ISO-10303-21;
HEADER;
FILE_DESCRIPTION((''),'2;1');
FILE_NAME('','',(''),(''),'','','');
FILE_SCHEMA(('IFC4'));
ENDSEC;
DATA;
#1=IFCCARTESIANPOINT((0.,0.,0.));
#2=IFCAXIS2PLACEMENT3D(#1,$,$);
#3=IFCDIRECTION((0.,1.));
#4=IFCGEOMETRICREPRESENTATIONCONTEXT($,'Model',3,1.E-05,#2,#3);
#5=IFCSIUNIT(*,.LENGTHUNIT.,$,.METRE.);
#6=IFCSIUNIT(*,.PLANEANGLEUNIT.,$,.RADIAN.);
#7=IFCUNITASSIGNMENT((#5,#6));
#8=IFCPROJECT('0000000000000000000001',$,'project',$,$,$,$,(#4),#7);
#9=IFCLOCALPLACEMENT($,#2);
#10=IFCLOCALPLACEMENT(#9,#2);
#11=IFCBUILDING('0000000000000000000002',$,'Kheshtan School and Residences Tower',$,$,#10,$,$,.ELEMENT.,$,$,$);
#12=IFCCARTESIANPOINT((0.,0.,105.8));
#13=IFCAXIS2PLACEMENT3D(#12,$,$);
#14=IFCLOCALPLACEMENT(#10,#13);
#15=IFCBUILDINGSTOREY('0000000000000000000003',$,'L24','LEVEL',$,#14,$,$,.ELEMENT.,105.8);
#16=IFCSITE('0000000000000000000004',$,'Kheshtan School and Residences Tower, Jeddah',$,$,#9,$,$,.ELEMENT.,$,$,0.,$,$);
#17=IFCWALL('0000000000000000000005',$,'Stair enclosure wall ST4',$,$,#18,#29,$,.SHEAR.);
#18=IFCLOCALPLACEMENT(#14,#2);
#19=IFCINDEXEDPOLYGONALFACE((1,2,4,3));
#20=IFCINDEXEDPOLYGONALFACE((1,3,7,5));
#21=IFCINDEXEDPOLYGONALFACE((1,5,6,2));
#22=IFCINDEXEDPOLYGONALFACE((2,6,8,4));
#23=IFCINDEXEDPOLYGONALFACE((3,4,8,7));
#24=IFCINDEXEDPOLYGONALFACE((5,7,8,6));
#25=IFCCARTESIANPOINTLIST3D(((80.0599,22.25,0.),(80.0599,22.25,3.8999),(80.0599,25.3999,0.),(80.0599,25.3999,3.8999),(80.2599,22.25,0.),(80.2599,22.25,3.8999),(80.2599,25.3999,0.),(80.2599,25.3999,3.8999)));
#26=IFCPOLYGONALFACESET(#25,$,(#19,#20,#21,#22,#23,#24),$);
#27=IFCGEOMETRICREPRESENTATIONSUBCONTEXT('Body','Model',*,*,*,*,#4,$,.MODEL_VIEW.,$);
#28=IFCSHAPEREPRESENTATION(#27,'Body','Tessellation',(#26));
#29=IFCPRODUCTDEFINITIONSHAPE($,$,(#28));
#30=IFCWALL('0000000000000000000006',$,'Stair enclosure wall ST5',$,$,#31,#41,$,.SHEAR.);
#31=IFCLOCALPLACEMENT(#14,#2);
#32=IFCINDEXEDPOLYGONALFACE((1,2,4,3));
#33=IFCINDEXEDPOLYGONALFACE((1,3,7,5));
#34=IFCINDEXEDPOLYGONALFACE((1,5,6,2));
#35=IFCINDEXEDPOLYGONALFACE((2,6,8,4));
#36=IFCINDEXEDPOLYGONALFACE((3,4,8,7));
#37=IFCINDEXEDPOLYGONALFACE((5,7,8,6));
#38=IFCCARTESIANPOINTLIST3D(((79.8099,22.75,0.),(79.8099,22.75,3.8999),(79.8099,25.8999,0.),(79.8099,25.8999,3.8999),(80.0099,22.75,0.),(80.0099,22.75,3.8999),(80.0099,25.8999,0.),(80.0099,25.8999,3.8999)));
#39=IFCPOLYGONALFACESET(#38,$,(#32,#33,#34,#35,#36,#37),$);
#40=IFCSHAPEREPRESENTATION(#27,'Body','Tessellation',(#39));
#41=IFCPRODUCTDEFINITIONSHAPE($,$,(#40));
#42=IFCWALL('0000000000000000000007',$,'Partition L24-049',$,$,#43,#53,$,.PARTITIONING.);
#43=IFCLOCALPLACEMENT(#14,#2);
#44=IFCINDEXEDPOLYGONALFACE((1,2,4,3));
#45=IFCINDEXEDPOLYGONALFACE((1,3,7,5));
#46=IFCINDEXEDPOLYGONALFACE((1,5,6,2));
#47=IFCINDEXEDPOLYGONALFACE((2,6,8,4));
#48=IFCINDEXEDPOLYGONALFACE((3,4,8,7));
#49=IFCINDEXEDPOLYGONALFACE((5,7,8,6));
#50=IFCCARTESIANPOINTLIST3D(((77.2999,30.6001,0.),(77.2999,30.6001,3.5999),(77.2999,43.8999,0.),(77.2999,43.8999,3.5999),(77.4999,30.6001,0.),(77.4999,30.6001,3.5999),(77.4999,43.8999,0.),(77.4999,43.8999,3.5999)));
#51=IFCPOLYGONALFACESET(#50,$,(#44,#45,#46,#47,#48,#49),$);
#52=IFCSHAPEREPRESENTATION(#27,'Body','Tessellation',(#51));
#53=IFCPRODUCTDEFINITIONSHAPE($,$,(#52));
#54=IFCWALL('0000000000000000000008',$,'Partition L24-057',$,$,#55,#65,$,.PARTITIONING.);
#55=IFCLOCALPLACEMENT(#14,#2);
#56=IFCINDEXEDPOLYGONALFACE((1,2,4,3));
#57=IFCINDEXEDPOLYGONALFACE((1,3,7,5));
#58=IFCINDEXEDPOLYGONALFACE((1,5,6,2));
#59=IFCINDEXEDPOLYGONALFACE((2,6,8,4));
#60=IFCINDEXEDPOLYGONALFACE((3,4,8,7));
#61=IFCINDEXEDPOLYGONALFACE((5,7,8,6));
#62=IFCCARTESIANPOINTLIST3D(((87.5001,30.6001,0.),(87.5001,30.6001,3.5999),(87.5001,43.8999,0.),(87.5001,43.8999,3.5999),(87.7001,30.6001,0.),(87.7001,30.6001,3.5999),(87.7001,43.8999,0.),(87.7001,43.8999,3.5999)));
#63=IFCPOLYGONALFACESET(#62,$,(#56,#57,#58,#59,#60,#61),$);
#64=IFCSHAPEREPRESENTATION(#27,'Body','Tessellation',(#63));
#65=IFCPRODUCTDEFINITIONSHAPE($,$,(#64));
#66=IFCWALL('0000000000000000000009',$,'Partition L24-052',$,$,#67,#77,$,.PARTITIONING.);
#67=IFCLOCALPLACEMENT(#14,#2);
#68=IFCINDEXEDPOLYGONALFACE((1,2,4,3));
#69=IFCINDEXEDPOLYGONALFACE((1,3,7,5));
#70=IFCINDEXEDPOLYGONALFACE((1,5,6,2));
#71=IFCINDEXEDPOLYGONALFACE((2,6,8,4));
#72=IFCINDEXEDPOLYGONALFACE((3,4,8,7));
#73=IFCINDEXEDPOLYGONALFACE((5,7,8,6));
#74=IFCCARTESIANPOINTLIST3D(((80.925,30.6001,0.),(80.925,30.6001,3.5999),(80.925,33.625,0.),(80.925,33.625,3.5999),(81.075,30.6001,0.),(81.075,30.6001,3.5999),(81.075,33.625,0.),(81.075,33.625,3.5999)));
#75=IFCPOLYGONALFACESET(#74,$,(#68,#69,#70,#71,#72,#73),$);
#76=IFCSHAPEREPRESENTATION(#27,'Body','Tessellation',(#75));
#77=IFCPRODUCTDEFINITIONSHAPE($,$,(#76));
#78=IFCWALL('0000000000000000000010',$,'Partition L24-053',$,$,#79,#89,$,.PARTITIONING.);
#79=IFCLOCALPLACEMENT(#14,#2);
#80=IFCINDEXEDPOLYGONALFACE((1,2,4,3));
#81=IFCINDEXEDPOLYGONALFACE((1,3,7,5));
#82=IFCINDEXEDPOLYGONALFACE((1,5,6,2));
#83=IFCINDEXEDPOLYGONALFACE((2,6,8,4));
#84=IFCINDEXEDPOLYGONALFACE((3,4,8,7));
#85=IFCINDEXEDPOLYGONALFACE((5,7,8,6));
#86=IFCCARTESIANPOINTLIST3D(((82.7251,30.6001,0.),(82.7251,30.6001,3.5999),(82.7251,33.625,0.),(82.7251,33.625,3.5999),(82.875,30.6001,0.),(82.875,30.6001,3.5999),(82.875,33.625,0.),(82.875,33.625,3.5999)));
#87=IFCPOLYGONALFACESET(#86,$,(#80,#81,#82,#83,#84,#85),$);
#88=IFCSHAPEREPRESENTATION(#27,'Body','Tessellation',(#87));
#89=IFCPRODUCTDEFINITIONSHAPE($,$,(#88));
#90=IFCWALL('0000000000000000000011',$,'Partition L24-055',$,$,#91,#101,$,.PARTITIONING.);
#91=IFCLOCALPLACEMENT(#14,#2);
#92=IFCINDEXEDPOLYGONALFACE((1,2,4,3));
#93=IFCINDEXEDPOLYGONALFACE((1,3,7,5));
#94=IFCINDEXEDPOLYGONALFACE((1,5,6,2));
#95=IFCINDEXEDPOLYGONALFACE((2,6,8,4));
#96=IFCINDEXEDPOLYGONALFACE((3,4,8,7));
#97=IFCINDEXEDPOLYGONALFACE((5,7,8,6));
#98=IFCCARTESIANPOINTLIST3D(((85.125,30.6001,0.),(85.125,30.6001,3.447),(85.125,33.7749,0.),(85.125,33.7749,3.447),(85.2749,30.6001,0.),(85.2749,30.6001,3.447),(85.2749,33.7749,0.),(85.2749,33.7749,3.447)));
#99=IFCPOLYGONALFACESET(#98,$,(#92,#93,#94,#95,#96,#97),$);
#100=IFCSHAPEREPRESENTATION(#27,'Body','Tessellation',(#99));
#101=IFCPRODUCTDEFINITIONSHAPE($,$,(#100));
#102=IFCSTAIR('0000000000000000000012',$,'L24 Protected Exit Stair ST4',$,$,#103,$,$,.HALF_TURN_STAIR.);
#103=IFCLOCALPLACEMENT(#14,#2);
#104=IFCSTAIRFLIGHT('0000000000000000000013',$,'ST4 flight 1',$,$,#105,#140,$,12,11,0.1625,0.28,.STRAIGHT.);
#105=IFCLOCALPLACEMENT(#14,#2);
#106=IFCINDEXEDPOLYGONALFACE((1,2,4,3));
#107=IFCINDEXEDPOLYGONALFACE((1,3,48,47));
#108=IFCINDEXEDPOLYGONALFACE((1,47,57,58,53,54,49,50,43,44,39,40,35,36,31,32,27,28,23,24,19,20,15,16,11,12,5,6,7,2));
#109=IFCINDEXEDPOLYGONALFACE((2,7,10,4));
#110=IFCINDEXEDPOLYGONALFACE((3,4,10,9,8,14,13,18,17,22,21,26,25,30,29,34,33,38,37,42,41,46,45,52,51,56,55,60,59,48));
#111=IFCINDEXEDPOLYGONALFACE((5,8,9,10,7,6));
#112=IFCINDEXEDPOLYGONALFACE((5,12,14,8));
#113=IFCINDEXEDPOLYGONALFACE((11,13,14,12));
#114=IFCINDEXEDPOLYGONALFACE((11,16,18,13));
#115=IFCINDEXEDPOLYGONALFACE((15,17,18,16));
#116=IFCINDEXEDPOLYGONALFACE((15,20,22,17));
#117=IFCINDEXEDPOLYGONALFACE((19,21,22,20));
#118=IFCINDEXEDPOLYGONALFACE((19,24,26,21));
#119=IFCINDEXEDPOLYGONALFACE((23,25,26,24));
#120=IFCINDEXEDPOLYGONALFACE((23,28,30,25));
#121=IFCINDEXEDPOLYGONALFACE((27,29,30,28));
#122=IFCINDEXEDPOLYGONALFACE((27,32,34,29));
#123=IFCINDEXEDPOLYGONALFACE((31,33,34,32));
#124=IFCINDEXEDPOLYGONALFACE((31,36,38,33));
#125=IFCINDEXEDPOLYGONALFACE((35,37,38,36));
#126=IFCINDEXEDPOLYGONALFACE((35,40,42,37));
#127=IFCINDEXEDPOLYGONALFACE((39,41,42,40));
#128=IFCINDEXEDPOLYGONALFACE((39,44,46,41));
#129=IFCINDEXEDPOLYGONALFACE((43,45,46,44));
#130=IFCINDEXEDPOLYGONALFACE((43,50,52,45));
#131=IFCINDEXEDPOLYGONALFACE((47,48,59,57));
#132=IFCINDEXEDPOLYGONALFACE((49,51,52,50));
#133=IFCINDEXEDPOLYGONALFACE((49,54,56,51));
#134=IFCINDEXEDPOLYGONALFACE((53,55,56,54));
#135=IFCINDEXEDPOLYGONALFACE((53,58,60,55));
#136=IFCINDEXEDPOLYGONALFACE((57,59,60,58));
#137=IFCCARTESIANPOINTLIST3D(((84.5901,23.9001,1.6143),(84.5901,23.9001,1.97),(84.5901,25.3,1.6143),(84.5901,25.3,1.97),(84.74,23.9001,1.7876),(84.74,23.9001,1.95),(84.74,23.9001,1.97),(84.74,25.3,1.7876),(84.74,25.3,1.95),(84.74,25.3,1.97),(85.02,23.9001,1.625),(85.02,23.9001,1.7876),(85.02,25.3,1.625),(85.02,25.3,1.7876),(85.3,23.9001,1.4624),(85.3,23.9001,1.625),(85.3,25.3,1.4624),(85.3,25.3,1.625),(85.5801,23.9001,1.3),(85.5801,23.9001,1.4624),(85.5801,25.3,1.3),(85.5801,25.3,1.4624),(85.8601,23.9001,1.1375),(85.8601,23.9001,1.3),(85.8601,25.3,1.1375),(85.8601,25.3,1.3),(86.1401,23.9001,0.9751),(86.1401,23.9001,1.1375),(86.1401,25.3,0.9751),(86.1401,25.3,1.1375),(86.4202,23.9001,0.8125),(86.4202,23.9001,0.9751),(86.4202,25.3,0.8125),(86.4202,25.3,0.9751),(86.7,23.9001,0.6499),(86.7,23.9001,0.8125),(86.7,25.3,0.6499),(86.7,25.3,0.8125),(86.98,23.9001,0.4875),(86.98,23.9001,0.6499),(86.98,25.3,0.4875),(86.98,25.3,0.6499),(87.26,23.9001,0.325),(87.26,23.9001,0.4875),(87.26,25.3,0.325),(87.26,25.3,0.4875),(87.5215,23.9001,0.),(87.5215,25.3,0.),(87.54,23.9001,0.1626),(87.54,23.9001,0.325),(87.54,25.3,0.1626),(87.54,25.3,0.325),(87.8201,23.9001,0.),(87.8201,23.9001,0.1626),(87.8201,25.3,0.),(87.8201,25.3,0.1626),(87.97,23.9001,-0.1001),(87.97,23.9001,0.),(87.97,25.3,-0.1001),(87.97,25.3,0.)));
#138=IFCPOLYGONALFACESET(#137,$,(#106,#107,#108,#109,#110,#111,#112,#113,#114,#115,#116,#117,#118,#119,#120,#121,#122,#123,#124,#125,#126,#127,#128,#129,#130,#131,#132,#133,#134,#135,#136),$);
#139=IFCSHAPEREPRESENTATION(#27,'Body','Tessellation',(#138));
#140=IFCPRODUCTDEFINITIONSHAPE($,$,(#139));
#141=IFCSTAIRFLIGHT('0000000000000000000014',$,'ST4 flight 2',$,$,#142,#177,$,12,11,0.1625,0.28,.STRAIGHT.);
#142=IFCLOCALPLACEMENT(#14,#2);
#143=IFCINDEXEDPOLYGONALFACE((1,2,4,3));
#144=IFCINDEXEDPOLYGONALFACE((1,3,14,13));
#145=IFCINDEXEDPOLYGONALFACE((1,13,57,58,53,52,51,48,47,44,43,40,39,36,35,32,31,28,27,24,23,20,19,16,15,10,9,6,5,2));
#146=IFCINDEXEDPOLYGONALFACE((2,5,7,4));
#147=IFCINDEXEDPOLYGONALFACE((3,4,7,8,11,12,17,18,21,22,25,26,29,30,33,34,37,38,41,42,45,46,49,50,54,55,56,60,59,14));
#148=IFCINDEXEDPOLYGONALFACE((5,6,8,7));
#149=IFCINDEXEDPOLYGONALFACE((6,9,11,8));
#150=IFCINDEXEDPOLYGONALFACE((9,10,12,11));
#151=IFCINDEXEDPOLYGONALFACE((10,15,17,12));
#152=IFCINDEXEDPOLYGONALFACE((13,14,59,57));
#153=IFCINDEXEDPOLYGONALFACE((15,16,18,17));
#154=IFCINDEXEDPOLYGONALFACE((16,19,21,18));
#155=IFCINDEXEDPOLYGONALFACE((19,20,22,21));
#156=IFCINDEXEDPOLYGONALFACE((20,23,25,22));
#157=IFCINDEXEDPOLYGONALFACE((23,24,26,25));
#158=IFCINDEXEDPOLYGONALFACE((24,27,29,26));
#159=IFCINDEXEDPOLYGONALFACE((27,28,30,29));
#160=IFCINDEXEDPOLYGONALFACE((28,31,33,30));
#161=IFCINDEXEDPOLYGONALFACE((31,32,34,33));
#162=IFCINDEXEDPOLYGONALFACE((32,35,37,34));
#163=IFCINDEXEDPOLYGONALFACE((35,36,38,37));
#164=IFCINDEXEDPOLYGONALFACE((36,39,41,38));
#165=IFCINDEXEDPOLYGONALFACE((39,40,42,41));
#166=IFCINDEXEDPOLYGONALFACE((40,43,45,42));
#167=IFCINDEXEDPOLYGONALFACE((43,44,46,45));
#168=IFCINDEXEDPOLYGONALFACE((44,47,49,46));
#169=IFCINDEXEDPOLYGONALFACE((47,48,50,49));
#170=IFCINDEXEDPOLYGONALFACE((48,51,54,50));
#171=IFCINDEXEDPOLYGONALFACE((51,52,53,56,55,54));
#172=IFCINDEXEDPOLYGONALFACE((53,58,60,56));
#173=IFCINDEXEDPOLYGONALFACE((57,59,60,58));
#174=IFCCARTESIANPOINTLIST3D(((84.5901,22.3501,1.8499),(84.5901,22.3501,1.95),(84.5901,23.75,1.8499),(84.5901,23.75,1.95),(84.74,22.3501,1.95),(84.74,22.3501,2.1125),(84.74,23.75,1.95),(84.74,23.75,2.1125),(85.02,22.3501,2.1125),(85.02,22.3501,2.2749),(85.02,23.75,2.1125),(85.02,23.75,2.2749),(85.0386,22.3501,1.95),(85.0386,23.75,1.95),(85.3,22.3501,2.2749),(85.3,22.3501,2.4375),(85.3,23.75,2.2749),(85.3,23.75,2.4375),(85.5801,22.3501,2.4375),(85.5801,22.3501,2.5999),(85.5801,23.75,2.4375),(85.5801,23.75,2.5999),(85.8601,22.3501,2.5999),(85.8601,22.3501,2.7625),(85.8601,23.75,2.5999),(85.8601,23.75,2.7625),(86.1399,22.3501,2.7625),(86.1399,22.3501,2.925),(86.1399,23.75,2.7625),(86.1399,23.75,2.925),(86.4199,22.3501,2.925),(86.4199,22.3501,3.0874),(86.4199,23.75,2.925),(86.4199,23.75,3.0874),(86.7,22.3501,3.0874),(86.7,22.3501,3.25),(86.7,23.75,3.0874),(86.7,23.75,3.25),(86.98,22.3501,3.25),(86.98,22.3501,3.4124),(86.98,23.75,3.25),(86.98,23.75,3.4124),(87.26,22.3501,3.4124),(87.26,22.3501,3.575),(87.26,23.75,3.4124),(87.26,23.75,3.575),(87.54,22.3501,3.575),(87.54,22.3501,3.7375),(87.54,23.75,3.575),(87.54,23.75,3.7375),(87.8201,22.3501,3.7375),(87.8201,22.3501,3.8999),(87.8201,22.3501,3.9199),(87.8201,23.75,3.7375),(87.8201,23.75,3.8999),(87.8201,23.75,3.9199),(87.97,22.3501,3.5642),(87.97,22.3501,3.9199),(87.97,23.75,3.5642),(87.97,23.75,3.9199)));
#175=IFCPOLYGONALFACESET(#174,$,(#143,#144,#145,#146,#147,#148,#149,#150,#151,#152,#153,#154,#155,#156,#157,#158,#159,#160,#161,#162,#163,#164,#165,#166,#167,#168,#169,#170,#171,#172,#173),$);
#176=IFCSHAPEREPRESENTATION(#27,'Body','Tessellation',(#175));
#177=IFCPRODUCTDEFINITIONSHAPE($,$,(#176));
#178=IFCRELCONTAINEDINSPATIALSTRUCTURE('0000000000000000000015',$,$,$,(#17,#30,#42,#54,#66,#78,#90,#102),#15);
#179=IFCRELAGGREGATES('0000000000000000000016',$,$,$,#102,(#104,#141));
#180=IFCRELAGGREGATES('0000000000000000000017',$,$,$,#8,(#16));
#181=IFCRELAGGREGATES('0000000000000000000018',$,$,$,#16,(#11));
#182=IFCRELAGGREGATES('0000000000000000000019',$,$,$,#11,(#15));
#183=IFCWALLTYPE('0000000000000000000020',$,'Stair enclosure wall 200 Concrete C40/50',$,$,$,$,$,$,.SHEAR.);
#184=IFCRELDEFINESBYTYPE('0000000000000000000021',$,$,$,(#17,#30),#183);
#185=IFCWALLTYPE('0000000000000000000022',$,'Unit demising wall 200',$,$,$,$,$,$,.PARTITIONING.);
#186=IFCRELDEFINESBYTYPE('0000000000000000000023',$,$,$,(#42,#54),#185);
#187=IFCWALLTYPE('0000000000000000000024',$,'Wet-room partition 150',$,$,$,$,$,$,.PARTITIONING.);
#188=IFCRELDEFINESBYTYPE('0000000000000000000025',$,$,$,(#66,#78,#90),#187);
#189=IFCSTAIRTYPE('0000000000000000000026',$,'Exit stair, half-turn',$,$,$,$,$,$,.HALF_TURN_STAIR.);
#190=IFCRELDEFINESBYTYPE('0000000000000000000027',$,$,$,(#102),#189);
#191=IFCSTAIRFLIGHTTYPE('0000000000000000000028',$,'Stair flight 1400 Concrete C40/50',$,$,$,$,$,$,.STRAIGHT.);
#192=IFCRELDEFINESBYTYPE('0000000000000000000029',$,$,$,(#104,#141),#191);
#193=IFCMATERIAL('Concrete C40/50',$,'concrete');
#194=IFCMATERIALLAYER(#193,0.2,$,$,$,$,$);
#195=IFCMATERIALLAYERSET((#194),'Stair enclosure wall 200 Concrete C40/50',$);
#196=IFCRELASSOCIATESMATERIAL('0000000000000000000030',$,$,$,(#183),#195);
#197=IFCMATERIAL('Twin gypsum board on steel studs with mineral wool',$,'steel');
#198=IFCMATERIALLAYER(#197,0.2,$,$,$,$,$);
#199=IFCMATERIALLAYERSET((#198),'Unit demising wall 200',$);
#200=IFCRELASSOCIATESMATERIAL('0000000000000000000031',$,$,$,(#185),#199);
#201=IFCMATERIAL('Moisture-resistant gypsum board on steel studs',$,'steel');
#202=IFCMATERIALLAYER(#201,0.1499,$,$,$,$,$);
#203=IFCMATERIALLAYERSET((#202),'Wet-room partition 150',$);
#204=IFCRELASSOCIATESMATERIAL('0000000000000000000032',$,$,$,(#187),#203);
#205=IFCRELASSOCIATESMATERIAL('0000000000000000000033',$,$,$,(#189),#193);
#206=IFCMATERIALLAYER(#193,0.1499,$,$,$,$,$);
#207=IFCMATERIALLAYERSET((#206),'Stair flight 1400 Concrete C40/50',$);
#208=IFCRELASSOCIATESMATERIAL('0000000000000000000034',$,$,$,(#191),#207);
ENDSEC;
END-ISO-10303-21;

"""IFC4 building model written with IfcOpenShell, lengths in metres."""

from ifc_helpers import new_model, si_unit, direction, frame, frame_2d, origin, place, context, subcontext, project, spatial, polyline, rectangle, outline, extrude, material, layer, layer_set, type_object, element, aggregate, save


model = new_model("IFC4")

# Units and contexts
model_context = context("Model", 3, precision=1e-05, world=origin(), true_north=direction((0.0, 1.0)))
body_context = subcontext(model_context, "Body", "Model", "MODEL_VIEW")
ifc_project = project(units=[si_unit("LENGTHUNIT", "METRE"), si_unit("PLANEANGLEUNIT", "RADIAN")], contexts=[model_context])

# Site, building, storey
site_placement = place(None, origin())
site = spatial("IfcSite", under=ifc_project, at=site_placement, Name="Kheshtan School and Residences Tower, Jeddah", CompositionType="ELEMENT", RefElevation=0.0)
building_placement = place(site_placement, origin())
building = spatial("IfcBuilding", under=site, at=building_placement, Name="Kheshtan School and Residences Tower", CompositionType="ELEMENT")
storey_placement = place(building_placement, frame((0.0, 0.0, 105.8)))
storey = spatial("IfcBuildingStorey", under=building, at=storey_placement, Name="L24", Description="LEVEL", CompositionType="ELEMENT", Elevation=105.8)

# Shared definitions
ifc_material_1 = material(Name="Concrete C40/50", Category="concrete")
ifc_layer_1 = layer(ifc_material_1, 0.2)
ifc_layer_set_1 = layer_set([ifc_layer_1], Name="Stair enclosure wall 200 Concrete C40/50")
wall_type_1 = type_object("IfcWallType", Name="Stair enclosure wall 200 Concrete C40/50", PredefinedType="SHEAR", material=ifc_layer_set_1)

# Walls
for number, where, z_axis, x_axis, name in (
    (1, (80.1599, 22.25, 0.0), (0.0, 0.0, 1.0), (0.0, 1.0, 0.0), "Stair enclosure wall ST4"),
    (2, (79.9099, 22.75, 0.0), (0.0, 0.0, 1.0), (0.0, 1.0, 0.0), "Stair enclosure wall ST5"),
):
    element("IfcWall", number, at=place(storey_placement, frame(where, z_axis=z_axis, x_axis=x_axis)), inside=storey, type_object=wall_type_1, Name=name, PredefinedType="SHEAR", context=body_context, shape_type="SweptSolid", body=[
        extrude(rectangle(XDim=3.1499, YDim=0.2, at=frame_2d((1.575, 0.0))), origin(), (0.0, 0.0, 1.0), 3.8999),
    ])
ifc_material_2 = material(Name="Twin gypsum board on steel studs with mineral wool", Category="steel")
ifc_layer_2 = layer(ifc_material_2, 0.2)
ifc_layer_set_2 = layer_set([ifc_layer_2], Name="Unit demising wall 200")
wall_type_2 = type_object("IfcWallType", Name="Unit demising wall 200", PredefinedType="PARTITIONING", material=ifc_layer_set_2)
for number, where, z_axis, x_axis, name in (
    (3, (77.3999, 30.6001, 0.0), (0.0, 0.0, 1.0), (0.0, 1.0, 0.0), "Partition L24-049"),
    (4, (87.6001, 30.6001, 0.0), (0.0, 0.0, 1.0), (0.0, 1.0, 0.0), "Partition L24-057"),
):
    element("IfcWall", number, at=place(storey_placement, frame(where, z_axis=z_axis, x_axis=x_axis)), inside=storey, type_object=wall_type_2, Name=name, PredefinedType="PARTITIONING", context=body_context, shape_type="SweptSolid", body=[
        extrude(rectangle(XDim=13.2998, YDim=0.2, at=frame_2d((6.6499, 0.0))), origin(), (0.0, 0.0, 1.0), 3.5999),
    ])
ifc_material_3 = material(Name="Moisture-resistant gypsum board on steel studs", Category="steel")
ifc_layer_3 = layer(ifc_material_3, 0.1499)
ifc_layer_set_3 = layer_set([ifc_layer_3], Name="Wet-room partition 150")
wall_type_3 = type_object("IfcWallType", Name="Wet-room partition 150", PredefinedType="PARTITIONING", material=ifc_layer_set_3)
for number, where, z_axis, x_axis, name in (
    (5, (81.0, 30.6001, 0.0), (0.0, 0.0, 1.0), (0.0, 1.0, 0.0), "Partition L24-052"),
    (6, (82.8, 30.6001, 0.0), (0.0, 0.0, 1.0), (0.0, 1.0, 0.0), "Partition L24-053"),
):
    element("IfcWall", number, at=place(storey_placement, frame(where, z_axis=z_axis, x_axis=x_axis)), inside=storey, type_object=wall_type_3, Name=name, PredefinedType="PARTITIONING", context=body_context, shape_type="SweptSolid", body=[
        extrude(rectangle(XDim=3.0249, YDim=0.1499, at=frame_2d((1.5125, 0.0))), origin(), (0.0, 0.0, 1.0), 3.5999),
    ])
wall_1_placement = place(storey_placement, frame((85.2, 30.6001, 0.0), z_axis=(0.0, 0.0, 1.0), x_axis=(0.0, 1.0, 0.0)))
element("IfcWall", 7, at=wall_1_placement, inside=storey, type_object=wall_type_3, Name="Partition L24-055", PredefinedType="PARTITIONING", context=body_context, shape_type="SweptSolid", body=[
    extrude(rectangle(XDim=3.1748, YDim=0.1499, at=frame_2d((1.5874, 0.0))), origin(), (0.0, 0.0, 1.0), 3.447),
])

# Stair, stair flights
stair_type = type_object("IfcStairType", Name="Exit stair, half-turn", PredefinedType="HALF_TURN_STAIR", material=ifc_material_1)
stair_1_placement = place(storey_placement, origin())
stair_1 = element("IfcStair", 8, at=stair_1_placement, inside=storey, type_object=stair_type, Name="L24 Protected Exit Stair ST4", PredefinedType="HALF_TURN_STAIR")
ifc_layer_4 = layer(ifc_material_1, 0.1499)
ifc_layer_set_4 = layer_set([ifc_layer_4], Name="Stair flight 1400 Concrete C40/50")
stair_flight_type = type_object("IfcStairFlightType", Name="Stair flight 1400 Concrete C40/50", PredefinedType="STRAIGHT", material=ifc_layer_set_4)
stair_flight_1_placement = place(storey_placement, frame((87.8201, 24.6001, 0.0), z_axis=(0.0, 0.0, 1.0), x_axis=(-1.0, 0.0, 0.0)))
stair_flight_1 = element("IfcStairFlight", 9, at=stair_flight_1_placement, type_object=stair_flight_type, Name="ST4 flight 1", NumberOfRisers=12, NumberOfTreads=11, PredefinedType="STRAIGHT", RiserHeight=0.1625, TreadLength=0.28, context=body_context, shape_type="SweptSolid", body=[
    extrude(outline(polyline([(-0.1499, -0.1001), (-0.1499, 0.0), (0.0, 0.0), (0.0, 0.1626), (0.28, 0.1626), (0.28, 0.325), (0.5601, 0.325), (0.5601, 0.4875), (0.8401, 0.4875), (0.8401, 0.6499), (1.1201, 0.6499), (1.1201, 0.8125), (1.3999, 0.8125), (1.3999, 0.9751), (1.6799, 0.9751), (1.6799, 1.1375), (1.96, 1.1375), (1.96, 1.3), (2.24, 1.3), (2.24, 1.4624), (2.52, 1.4624), (2.52, 1.625), (2.8, 1.625), (2.8, 1.7876), (3.0801, 1.7876), (3.0801, 1.95), (3.0801, 1.97), (3.23, 1.97), (3.23, 1.6143), (0.2986, 0.0), (-0.1499, -0.1001)])), frame((0.0, 0.7, 0.0), z_axis=(0.0, -1.0, 0.0), x_axis=(1.0, 0.0, 0.0)), (0.0, 0.0, 1.0), 1.3999),
])
stair_flight_2_placement = place(storey_placement, frame((84.74, 23.05, 1.95), z_axis=(0.0, 0.0, 1.0), x_axis=(1.0, 0.0, 0.0)))
stair_flight_2 = element("IfcStairFlight", 10, at=stair_flight_2_placement, type_object=stair_flight_type, Name="ST4 flight 2", NumberOfRisers=12, NumberOfTreads=11, PredefinedType="STRAIGHT", RiserHeight=0.1625, TreadLength=0.28, context=body_context, shape_type="SweptSolid", body=[
    extrude(outline(polyline([(-0.1499, -0.1001), (-0.1499, 0.0), (0.0, 0.0), (0.0, 0.1626), (0.28, 0.1626), (0.28, 0.325), (0.5601, 0.325), (0.5601, 0.4875), (0.8401, 0.4875), (0.8401, 0.6499), (1.1201, 0.6499), (1.1201, 0.8125), (1.3999, 0.8125), (1.3999, 0.9751), (1.6799, 0.9751), (1.6799, 1.1375), (1.96, 1.1375), (1.96, 1.3), (2.24, 1.3), (2.24, 1.4624), (2.52, 1.4624), (2.52, 1.625), (2.8, 1.625), (2.8, 1.7876), (3.0801, 1.7876), (3.0801, 1.95), (3.0801, 1.97), (3.23, 1.97), (3.23, 1.6143), (0.2986, 0.0), (-0.1499, -0.1001)])), frame((0.0, 0.7, 0.0), z_axis=(0.0, -1.0, 0.0), x_axis=(1.0, 0.0, 0.0)), (0.0, 0.0, 1.0), 1.3999),
])
aggregate(stair_1, [stair_flight_1, stair_flight_2])

save(model, "model.ifc")
